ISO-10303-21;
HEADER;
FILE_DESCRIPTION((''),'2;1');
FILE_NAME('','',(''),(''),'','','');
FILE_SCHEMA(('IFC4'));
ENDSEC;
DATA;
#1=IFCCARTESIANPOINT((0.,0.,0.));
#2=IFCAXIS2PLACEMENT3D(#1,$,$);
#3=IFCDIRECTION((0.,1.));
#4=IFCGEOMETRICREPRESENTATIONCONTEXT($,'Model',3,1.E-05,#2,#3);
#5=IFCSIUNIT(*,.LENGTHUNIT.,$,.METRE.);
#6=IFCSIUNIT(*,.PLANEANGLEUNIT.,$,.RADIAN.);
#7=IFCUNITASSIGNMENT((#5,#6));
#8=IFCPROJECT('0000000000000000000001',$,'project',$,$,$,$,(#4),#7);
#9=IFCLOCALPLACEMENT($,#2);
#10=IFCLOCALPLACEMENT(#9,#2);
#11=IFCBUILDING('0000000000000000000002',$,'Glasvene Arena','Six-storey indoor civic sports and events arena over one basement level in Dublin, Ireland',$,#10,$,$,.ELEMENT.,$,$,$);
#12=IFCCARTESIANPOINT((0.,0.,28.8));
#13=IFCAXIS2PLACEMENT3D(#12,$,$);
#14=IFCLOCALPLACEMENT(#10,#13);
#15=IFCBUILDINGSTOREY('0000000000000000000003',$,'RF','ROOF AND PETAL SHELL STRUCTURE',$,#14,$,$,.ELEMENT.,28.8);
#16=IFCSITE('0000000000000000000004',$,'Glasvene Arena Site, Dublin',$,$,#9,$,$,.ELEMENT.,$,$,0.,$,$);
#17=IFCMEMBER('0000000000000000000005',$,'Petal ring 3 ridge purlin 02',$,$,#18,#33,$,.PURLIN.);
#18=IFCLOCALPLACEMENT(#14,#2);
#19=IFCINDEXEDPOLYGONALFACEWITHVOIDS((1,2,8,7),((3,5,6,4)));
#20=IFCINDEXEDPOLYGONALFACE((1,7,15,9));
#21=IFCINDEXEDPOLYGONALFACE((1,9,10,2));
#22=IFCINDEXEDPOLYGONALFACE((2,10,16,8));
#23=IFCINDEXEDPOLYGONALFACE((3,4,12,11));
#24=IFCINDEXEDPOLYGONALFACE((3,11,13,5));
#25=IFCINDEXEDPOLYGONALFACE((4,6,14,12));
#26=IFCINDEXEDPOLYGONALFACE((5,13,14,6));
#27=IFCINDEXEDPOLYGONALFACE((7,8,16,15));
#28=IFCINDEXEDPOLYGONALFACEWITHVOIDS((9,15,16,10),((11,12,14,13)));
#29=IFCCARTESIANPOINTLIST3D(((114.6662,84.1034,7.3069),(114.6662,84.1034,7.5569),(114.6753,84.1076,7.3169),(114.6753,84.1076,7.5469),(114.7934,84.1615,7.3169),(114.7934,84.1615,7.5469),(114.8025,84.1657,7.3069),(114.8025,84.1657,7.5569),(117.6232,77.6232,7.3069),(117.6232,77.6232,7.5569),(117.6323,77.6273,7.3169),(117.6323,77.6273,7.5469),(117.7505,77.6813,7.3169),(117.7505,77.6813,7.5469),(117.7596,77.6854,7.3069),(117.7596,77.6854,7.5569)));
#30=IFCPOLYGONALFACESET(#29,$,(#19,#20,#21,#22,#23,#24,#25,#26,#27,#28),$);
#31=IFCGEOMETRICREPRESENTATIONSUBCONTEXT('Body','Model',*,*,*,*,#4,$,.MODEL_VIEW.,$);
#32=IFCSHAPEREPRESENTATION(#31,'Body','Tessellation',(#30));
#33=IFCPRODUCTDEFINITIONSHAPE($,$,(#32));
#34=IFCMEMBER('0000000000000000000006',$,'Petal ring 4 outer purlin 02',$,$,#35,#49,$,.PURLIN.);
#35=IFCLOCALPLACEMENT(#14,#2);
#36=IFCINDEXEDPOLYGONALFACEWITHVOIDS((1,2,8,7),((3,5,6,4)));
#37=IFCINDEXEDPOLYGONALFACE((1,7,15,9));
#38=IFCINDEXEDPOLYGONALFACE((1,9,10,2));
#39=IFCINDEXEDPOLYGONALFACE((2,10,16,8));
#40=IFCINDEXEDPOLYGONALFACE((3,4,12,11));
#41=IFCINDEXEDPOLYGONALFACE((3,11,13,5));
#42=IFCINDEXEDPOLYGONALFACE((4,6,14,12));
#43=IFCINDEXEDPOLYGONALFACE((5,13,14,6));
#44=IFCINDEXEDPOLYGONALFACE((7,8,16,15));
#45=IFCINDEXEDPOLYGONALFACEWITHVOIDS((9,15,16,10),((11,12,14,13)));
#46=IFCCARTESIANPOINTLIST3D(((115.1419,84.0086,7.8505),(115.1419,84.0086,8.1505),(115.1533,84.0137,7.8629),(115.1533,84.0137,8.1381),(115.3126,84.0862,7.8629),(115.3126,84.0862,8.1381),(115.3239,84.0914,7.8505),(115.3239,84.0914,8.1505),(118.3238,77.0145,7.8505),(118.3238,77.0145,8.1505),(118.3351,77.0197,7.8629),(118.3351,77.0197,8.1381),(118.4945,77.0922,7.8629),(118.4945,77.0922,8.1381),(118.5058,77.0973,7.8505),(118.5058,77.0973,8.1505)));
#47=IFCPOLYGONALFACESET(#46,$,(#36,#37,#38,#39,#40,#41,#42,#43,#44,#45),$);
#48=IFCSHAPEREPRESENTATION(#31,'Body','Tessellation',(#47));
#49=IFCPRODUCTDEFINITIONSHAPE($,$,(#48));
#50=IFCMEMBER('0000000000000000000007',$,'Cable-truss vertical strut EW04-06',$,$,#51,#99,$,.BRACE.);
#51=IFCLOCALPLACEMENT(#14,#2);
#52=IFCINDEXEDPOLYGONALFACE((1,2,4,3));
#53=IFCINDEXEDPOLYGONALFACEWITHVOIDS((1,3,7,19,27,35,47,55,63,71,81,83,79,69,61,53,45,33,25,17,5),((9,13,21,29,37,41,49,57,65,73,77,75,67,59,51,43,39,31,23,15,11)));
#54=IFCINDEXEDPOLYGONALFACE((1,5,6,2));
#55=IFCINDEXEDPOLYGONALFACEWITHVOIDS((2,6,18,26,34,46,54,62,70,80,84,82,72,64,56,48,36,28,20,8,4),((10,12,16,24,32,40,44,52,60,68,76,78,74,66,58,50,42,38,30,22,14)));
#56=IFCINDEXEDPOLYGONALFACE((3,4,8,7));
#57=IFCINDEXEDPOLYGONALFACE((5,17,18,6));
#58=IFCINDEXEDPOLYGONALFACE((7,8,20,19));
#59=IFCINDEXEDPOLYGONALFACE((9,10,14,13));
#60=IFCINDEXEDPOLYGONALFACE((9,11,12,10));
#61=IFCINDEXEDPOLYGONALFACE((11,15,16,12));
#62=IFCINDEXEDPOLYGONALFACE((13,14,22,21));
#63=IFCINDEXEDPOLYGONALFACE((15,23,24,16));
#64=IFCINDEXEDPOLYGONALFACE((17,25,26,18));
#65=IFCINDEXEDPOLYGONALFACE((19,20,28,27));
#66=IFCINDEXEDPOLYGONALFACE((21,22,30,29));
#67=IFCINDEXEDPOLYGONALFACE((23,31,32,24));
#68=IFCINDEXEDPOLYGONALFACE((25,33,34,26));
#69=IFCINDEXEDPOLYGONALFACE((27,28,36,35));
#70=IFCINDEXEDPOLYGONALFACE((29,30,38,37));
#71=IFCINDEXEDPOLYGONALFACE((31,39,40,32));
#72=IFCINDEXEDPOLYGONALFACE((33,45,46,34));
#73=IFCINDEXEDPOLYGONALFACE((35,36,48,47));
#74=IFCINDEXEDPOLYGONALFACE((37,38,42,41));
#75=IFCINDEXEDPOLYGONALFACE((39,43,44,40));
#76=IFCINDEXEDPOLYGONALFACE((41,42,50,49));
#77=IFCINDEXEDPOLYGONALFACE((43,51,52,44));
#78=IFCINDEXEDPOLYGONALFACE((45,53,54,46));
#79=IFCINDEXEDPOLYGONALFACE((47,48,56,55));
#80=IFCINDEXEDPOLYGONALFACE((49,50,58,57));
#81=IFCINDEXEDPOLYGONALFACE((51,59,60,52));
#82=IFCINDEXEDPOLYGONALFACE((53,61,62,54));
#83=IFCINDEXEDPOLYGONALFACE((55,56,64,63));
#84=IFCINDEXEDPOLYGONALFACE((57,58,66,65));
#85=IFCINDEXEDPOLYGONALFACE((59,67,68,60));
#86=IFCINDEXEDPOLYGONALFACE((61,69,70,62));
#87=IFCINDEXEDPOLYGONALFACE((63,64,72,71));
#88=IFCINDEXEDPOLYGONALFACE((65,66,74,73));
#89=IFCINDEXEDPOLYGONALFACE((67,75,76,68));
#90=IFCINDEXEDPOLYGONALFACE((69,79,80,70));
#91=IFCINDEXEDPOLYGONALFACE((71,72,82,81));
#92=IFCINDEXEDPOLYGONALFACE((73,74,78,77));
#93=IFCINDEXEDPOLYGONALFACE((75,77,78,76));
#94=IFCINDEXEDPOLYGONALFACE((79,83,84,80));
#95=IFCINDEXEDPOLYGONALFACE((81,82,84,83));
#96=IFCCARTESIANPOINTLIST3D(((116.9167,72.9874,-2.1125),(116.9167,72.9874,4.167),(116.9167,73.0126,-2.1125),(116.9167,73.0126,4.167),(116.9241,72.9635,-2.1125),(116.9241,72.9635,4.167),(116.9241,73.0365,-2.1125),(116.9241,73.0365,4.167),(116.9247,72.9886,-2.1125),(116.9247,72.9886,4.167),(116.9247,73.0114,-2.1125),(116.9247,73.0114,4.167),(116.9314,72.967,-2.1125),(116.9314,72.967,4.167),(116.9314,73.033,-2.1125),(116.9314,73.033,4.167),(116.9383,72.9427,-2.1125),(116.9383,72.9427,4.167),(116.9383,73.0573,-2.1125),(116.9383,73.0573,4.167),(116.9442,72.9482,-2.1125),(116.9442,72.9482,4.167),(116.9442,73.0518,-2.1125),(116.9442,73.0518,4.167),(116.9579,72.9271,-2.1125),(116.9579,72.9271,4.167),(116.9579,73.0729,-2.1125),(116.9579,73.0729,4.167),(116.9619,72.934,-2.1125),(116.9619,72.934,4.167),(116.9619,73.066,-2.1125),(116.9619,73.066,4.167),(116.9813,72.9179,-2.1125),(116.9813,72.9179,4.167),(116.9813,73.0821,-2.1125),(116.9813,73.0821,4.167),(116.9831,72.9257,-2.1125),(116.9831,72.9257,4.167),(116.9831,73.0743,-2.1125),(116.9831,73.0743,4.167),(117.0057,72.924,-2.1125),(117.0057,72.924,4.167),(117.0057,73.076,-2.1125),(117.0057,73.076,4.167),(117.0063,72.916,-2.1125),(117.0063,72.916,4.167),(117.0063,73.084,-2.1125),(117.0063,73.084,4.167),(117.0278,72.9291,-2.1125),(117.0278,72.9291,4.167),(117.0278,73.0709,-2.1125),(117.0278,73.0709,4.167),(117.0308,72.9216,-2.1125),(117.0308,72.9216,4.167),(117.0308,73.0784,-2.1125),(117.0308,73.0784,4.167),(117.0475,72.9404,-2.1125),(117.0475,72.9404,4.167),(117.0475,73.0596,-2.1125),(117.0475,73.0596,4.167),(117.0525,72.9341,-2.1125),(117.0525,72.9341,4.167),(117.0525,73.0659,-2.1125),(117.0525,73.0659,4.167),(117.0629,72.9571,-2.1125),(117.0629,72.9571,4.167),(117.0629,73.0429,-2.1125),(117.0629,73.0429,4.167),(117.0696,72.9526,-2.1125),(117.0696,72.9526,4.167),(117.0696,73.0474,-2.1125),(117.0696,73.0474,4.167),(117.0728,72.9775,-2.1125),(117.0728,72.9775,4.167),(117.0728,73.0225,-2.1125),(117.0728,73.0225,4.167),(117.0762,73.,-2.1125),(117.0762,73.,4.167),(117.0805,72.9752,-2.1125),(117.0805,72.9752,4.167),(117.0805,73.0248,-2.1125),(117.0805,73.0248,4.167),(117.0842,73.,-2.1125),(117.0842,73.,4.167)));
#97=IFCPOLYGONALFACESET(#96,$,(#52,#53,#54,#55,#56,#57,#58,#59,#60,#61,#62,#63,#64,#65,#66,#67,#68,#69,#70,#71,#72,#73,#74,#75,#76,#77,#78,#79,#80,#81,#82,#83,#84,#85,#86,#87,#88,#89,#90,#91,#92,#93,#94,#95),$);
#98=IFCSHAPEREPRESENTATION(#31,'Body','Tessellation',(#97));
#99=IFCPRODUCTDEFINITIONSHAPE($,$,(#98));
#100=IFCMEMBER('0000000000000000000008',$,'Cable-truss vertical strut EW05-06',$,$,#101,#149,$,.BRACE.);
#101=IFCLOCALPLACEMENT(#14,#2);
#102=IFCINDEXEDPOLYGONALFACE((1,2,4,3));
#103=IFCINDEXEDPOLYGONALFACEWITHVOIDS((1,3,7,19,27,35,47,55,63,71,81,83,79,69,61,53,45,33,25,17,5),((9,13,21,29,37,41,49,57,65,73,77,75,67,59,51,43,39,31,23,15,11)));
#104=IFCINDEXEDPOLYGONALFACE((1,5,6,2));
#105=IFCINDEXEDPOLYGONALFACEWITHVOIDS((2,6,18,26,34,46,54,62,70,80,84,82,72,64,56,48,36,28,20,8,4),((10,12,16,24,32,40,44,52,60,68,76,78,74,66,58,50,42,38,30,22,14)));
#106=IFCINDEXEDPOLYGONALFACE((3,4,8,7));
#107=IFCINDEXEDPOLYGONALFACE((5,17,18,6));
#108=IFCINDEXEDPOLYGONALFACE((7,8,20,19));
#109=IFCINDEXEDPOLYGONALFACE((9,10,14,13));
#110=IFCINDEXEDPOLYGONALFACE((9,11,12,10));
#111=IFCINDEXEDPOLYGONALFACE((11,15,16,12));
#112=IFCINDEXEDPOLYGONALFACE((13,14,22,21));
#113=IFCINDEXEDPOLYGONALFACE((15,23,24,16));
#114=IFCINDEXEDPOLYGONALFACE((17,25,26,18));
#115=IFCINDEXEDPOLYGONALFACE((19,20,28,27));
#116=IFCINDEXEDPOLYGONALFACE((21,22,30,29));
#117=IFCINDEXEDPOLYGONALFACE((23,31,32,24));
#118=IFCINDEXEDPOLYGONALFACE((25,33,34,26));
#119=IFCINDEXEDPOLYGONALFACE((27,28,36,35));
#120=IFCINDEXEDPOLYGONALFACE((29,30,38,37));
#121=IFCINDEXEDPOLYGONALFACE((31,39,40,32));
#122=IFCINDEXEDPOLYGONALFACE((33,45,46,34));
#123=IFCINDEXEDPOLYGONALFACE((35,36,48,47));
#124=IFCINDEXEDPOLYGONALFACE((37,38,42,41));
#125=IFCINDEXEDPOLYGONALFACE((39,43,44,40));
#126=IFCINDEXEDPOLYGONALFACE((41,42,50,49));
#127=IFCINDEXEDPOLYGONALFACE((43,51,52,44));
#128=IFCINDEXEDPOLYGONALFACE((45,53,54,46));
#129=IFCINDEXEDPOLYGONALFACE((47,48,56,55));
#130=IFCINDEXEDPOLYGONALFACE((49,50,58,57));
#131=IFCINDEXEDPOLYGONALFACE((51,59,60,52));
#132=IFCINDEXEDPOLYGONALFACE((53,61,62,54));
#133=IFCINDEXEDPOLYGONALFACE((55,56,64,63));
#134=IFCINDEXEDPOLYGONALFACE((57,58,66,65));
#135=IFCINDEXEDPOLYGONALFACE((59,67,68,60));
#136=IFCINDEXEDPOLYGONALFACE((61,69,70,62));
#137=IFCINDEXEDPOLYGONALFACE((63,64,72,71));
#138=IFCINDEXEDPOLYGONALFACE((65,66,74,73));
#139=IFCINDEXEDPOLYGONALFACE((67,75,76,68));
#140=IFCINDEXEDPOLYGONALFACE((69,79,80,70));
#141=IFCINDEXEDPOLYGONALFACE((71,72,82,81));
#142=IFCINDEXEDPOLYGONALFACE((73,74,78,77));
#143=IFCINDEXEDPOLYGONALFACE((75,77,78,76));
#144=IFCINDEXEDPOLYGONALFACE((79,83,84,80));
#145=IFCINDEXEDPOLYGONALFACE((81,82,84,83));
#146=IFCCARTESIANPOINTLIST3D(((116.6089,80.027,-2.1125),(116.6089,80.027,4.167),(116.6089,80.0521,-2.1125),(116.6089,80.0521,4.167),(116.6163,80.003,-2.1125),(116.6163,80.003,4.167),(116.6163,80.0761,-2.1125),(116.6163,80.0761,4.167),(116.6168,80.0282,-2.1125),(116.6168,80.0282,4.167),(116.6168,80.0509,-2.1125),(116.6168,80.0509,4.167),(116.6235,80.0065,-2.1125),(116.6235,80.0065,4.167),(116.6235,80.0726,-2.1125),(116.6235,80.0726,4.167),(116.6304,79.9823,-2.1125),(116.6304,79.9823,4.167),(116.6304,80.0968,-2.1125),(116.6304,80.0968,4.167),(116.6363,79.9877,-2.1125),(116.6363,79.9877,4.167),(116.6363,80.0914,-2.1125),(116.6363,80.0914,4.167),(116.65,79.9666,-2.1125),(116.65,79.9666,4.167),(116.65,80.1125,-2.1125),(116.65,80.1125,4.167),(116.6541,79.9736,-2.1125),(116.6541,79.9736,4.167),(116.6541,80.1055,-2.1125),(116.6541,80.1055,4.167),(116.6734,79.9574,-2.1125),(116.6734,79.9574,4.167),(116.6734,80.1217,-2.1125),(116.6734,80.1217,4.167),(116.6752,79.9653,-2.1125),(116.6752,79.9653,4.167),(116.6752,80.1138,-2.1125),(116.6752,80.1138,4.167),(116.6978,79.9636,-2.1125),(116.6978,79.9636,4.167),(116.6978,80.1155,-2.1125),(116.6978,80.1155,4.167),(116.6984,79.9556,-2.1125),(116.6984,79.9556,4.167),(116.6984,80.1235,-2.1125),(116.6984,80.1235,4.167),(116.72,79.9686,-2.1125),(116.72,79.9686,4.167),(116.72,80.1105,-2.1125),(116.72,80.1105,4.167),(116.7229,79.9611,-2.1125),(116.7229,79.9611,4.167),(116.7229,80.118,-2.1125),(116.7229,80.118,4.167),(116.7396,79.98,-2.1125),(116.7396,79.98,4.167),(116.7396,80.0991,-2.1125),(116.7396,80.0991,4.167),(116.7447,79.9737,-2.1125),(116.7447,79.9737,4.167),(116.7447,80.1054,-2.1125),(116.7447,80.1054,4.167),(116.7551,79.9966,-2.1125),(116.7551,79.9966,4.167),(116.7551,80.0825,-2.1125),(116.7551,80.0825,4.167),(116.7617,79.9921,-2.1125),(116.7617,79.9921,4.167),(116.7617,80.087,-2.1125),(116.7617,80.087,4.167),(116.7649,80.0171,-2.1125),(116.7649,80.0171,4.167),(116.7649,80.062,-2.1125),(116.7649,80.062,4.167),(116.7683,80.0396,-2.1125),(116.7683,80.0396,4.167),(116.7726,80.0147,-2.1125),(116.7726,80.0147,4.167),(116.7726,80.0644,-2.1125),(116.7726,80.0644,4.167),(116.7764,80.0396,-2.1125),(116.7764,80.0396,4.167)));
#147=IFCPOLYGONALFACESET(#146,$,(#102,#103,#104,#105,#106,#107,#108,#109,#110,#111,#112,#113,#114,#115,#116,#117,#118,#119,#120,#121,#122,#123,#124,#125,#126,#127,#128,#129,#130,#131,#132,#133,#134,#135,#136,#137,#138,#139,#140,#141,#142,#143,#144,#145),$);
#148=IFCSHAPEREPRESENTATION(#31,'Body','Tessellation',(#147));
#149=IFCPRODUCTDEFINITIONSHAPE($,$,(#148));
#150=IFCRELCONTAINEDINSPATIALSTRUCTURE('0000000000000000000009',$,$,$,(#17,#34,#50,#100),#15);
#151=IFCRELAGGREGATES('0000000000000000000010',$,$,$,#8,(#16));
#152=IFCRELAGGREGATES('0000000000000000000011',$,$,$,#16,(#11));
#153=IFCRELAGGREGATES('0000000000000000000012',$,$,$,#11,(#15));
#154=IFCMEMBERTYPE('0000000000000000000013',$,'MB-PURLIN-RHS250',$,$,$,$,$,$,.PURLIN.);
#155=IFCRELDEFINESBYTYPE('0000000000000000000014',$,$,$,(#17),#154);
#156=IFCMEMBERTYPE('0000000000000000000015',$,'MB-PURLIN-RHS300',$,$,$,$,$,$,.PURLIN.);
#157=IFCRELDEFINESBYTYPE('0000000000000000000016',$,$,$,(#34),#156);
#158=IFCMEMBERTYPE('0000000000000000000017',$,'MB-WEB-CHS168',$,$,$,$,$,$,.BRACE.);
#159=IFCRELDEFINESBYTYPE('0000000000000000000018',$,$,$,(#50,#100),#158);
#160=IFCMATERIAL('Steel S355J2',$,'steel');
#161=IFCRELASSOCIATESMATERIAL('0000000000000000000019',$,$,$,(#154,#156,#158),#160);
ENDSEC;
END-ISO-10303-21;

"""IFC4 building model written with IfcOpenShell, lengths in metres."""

from ifc_helpers import new_model, si_unit, direction, frame, origin, origin_2d, place, context, subcontext, project, spatial, hollow_rectangle, hollow_circle, extrude, material, material_profile, profile_set, type_object, element, save


model = new_model("IFC4")

# Units and contexts
model_context = context("Model", 3, precision=1e-05, world=origin(), true_north=direction((0.0, 1.0)))
body_context = subcontext(model_context, "Body", "Model", "MODEL_VIEW")
ifc_project = project(units=[si_unit("LENGTHUNIT", "METRE"), si_unit("PLANEANGLEUNIT", "RADIAN")], contexts=[model_context])

# Site, building, storey
site_placement = place(None, origin())
site = spatial("IfcSite", under=ifc_project, at=site_placement, Name="Glasvene Arena Site, Dublin", CompositionType="ELEMENT", RefElevation=0.0)
building_placement = place(site_placement, origin())
building = spatial("IfcBuilding", under=site, at=building_placement, Name="Glasvene Arena", Description="Six-storey indoor civic sports and events arena over one basement level in Dublin, Ireland", CompositionType="ELEMENT")
storey_placement = place(building_placement, frame((0.0, 0.0, 28.8)))
storey = spatial("IfcBuildingStorey", under=building, at=storey_placement, Name="RF", Description="ROOF AND PETAL SHELL STRUCTURE", CompositionType="ELEMENT", Elevation=28.8)

# Members
ifc_material_1 = material(Name="Steel S355J2", Category="steel")
ifc_material_profile_1 = material_profile(ifc_material_1, hollow_rectangle(XDim=0.1499, YDim=0.25, WallThickness=0.01, at=origin_2d()), Name="RHS 250x150x10.0")
ifc_profile_set_1 = profile_set([ifc_material_profile_1], Name="Steel S355J2")
member_type_1 = type_object("IfcMemberType", Name="MB-PURLIN-RHS250", PredefinedType="PURLIN", material=ifc_profile_set_1)
member_1_placement = place(storey_placement, frame((117.6914, 77.6543, 7.4319), z_axis=(-0.415138, 0.909759, 0.0), x_axis=(-0.909759, -0.415138, 0.0)))
element("IfcMember", 1, at=member_1_placement, inside=storey, type_object=member_type_1, Name="Petal ring 3 ridge purlin 02", PredefinedType="PURLIN", context=body_context, shape_type="SweptSolid", body=[
    extrude(hollow_rectangle(XDim=0.1499, YDim=0.25, WallThickness=0.01, at=origin_2d()), origin(), (0.0, 0.0, 1.0), 7.123),
])
ifc_material_profile_2 = material_profile(ifc_material_1, hollow_rectangle(XDim=0.2, YDim=0.3, WallThickness=0.0125, at=origin_2d()), Name="RHS 300x200x12.5")
ifc_profile_set_2 = profile_set([ifc_material_profile_2], Name="Steel S355J2")
member_type_2 = type_object("IfcMemberType", Name="MB-PURLIN-RHS300", PredefinedType="PURLIN", material=ifc_profile_set_2)
member_2_placement = place(storey_placement, frame((118.4148, 77.0559, 8.0005), z_axis=(-0.414097, 0.910233, 0.0), x_axis=(-0.910233, -0.414097, 0.0)))
element("IfcMember", 2, at=member_2_placement, inside=storey, type_object=member_type_2, Name="Petal ring 4 outer purlin 02", PredefinedType="PURLIN", context=body_context, shape_type="SweptSolid", body=[
    extrude(hollow_rectangle(XDim=0.2, YDim=0.3, WallThickness=0.0125, at=origin_2d()), origin(), (0.0, 0.0, 1.0), 7.6838),
])
ifc_material_profile_3 = material_profile(ifc_material_1, hollow_circle(Radius=0.0842, WallThickness=0.0081, at=origin_2d()), Name="CHS 168.3x8.0")
ifc_profile_set_3 = profile_set([ifc_material_profile_3], Name="Steel S355J2")
member_type_3 = type_object("IfcMemberType", Name="MB-WEB-CHS168", PredefinedType="BRACE", material=ifc_profile_set_3)
for number, where, z_axis, x_axis, name in (
    (3, (117.0, 73.0, -2.1125), (0.0, 0.0, 1.0), (1.0, 0.0, 0.0), "Cable-truss vertical strut EW04-06"),
    (4, (116.6921, 80.0396, -2.1125), (0.0, 0.0, 1.0), (1.0, 0.0, 0.0), "Cable-truss vertical strut EW05-06"),
):
    element("IfcMember", number, at=place(storey_placement, frame(where, z_axis=z_axis, x_axis=x_axis)), inside=storey, type_object=member_type_3, Name=name, PredefinedType="BRACE", context=body_context, shape_type="SweptSolid", body=[
        extrude(hollow_circle(Radius=0.0842, WallThickness=0.0081, at=origin_2d()), origin(), (0.0, 0.0, 1.0), 6.2795),
    ])

save(model, "model.ifc")
